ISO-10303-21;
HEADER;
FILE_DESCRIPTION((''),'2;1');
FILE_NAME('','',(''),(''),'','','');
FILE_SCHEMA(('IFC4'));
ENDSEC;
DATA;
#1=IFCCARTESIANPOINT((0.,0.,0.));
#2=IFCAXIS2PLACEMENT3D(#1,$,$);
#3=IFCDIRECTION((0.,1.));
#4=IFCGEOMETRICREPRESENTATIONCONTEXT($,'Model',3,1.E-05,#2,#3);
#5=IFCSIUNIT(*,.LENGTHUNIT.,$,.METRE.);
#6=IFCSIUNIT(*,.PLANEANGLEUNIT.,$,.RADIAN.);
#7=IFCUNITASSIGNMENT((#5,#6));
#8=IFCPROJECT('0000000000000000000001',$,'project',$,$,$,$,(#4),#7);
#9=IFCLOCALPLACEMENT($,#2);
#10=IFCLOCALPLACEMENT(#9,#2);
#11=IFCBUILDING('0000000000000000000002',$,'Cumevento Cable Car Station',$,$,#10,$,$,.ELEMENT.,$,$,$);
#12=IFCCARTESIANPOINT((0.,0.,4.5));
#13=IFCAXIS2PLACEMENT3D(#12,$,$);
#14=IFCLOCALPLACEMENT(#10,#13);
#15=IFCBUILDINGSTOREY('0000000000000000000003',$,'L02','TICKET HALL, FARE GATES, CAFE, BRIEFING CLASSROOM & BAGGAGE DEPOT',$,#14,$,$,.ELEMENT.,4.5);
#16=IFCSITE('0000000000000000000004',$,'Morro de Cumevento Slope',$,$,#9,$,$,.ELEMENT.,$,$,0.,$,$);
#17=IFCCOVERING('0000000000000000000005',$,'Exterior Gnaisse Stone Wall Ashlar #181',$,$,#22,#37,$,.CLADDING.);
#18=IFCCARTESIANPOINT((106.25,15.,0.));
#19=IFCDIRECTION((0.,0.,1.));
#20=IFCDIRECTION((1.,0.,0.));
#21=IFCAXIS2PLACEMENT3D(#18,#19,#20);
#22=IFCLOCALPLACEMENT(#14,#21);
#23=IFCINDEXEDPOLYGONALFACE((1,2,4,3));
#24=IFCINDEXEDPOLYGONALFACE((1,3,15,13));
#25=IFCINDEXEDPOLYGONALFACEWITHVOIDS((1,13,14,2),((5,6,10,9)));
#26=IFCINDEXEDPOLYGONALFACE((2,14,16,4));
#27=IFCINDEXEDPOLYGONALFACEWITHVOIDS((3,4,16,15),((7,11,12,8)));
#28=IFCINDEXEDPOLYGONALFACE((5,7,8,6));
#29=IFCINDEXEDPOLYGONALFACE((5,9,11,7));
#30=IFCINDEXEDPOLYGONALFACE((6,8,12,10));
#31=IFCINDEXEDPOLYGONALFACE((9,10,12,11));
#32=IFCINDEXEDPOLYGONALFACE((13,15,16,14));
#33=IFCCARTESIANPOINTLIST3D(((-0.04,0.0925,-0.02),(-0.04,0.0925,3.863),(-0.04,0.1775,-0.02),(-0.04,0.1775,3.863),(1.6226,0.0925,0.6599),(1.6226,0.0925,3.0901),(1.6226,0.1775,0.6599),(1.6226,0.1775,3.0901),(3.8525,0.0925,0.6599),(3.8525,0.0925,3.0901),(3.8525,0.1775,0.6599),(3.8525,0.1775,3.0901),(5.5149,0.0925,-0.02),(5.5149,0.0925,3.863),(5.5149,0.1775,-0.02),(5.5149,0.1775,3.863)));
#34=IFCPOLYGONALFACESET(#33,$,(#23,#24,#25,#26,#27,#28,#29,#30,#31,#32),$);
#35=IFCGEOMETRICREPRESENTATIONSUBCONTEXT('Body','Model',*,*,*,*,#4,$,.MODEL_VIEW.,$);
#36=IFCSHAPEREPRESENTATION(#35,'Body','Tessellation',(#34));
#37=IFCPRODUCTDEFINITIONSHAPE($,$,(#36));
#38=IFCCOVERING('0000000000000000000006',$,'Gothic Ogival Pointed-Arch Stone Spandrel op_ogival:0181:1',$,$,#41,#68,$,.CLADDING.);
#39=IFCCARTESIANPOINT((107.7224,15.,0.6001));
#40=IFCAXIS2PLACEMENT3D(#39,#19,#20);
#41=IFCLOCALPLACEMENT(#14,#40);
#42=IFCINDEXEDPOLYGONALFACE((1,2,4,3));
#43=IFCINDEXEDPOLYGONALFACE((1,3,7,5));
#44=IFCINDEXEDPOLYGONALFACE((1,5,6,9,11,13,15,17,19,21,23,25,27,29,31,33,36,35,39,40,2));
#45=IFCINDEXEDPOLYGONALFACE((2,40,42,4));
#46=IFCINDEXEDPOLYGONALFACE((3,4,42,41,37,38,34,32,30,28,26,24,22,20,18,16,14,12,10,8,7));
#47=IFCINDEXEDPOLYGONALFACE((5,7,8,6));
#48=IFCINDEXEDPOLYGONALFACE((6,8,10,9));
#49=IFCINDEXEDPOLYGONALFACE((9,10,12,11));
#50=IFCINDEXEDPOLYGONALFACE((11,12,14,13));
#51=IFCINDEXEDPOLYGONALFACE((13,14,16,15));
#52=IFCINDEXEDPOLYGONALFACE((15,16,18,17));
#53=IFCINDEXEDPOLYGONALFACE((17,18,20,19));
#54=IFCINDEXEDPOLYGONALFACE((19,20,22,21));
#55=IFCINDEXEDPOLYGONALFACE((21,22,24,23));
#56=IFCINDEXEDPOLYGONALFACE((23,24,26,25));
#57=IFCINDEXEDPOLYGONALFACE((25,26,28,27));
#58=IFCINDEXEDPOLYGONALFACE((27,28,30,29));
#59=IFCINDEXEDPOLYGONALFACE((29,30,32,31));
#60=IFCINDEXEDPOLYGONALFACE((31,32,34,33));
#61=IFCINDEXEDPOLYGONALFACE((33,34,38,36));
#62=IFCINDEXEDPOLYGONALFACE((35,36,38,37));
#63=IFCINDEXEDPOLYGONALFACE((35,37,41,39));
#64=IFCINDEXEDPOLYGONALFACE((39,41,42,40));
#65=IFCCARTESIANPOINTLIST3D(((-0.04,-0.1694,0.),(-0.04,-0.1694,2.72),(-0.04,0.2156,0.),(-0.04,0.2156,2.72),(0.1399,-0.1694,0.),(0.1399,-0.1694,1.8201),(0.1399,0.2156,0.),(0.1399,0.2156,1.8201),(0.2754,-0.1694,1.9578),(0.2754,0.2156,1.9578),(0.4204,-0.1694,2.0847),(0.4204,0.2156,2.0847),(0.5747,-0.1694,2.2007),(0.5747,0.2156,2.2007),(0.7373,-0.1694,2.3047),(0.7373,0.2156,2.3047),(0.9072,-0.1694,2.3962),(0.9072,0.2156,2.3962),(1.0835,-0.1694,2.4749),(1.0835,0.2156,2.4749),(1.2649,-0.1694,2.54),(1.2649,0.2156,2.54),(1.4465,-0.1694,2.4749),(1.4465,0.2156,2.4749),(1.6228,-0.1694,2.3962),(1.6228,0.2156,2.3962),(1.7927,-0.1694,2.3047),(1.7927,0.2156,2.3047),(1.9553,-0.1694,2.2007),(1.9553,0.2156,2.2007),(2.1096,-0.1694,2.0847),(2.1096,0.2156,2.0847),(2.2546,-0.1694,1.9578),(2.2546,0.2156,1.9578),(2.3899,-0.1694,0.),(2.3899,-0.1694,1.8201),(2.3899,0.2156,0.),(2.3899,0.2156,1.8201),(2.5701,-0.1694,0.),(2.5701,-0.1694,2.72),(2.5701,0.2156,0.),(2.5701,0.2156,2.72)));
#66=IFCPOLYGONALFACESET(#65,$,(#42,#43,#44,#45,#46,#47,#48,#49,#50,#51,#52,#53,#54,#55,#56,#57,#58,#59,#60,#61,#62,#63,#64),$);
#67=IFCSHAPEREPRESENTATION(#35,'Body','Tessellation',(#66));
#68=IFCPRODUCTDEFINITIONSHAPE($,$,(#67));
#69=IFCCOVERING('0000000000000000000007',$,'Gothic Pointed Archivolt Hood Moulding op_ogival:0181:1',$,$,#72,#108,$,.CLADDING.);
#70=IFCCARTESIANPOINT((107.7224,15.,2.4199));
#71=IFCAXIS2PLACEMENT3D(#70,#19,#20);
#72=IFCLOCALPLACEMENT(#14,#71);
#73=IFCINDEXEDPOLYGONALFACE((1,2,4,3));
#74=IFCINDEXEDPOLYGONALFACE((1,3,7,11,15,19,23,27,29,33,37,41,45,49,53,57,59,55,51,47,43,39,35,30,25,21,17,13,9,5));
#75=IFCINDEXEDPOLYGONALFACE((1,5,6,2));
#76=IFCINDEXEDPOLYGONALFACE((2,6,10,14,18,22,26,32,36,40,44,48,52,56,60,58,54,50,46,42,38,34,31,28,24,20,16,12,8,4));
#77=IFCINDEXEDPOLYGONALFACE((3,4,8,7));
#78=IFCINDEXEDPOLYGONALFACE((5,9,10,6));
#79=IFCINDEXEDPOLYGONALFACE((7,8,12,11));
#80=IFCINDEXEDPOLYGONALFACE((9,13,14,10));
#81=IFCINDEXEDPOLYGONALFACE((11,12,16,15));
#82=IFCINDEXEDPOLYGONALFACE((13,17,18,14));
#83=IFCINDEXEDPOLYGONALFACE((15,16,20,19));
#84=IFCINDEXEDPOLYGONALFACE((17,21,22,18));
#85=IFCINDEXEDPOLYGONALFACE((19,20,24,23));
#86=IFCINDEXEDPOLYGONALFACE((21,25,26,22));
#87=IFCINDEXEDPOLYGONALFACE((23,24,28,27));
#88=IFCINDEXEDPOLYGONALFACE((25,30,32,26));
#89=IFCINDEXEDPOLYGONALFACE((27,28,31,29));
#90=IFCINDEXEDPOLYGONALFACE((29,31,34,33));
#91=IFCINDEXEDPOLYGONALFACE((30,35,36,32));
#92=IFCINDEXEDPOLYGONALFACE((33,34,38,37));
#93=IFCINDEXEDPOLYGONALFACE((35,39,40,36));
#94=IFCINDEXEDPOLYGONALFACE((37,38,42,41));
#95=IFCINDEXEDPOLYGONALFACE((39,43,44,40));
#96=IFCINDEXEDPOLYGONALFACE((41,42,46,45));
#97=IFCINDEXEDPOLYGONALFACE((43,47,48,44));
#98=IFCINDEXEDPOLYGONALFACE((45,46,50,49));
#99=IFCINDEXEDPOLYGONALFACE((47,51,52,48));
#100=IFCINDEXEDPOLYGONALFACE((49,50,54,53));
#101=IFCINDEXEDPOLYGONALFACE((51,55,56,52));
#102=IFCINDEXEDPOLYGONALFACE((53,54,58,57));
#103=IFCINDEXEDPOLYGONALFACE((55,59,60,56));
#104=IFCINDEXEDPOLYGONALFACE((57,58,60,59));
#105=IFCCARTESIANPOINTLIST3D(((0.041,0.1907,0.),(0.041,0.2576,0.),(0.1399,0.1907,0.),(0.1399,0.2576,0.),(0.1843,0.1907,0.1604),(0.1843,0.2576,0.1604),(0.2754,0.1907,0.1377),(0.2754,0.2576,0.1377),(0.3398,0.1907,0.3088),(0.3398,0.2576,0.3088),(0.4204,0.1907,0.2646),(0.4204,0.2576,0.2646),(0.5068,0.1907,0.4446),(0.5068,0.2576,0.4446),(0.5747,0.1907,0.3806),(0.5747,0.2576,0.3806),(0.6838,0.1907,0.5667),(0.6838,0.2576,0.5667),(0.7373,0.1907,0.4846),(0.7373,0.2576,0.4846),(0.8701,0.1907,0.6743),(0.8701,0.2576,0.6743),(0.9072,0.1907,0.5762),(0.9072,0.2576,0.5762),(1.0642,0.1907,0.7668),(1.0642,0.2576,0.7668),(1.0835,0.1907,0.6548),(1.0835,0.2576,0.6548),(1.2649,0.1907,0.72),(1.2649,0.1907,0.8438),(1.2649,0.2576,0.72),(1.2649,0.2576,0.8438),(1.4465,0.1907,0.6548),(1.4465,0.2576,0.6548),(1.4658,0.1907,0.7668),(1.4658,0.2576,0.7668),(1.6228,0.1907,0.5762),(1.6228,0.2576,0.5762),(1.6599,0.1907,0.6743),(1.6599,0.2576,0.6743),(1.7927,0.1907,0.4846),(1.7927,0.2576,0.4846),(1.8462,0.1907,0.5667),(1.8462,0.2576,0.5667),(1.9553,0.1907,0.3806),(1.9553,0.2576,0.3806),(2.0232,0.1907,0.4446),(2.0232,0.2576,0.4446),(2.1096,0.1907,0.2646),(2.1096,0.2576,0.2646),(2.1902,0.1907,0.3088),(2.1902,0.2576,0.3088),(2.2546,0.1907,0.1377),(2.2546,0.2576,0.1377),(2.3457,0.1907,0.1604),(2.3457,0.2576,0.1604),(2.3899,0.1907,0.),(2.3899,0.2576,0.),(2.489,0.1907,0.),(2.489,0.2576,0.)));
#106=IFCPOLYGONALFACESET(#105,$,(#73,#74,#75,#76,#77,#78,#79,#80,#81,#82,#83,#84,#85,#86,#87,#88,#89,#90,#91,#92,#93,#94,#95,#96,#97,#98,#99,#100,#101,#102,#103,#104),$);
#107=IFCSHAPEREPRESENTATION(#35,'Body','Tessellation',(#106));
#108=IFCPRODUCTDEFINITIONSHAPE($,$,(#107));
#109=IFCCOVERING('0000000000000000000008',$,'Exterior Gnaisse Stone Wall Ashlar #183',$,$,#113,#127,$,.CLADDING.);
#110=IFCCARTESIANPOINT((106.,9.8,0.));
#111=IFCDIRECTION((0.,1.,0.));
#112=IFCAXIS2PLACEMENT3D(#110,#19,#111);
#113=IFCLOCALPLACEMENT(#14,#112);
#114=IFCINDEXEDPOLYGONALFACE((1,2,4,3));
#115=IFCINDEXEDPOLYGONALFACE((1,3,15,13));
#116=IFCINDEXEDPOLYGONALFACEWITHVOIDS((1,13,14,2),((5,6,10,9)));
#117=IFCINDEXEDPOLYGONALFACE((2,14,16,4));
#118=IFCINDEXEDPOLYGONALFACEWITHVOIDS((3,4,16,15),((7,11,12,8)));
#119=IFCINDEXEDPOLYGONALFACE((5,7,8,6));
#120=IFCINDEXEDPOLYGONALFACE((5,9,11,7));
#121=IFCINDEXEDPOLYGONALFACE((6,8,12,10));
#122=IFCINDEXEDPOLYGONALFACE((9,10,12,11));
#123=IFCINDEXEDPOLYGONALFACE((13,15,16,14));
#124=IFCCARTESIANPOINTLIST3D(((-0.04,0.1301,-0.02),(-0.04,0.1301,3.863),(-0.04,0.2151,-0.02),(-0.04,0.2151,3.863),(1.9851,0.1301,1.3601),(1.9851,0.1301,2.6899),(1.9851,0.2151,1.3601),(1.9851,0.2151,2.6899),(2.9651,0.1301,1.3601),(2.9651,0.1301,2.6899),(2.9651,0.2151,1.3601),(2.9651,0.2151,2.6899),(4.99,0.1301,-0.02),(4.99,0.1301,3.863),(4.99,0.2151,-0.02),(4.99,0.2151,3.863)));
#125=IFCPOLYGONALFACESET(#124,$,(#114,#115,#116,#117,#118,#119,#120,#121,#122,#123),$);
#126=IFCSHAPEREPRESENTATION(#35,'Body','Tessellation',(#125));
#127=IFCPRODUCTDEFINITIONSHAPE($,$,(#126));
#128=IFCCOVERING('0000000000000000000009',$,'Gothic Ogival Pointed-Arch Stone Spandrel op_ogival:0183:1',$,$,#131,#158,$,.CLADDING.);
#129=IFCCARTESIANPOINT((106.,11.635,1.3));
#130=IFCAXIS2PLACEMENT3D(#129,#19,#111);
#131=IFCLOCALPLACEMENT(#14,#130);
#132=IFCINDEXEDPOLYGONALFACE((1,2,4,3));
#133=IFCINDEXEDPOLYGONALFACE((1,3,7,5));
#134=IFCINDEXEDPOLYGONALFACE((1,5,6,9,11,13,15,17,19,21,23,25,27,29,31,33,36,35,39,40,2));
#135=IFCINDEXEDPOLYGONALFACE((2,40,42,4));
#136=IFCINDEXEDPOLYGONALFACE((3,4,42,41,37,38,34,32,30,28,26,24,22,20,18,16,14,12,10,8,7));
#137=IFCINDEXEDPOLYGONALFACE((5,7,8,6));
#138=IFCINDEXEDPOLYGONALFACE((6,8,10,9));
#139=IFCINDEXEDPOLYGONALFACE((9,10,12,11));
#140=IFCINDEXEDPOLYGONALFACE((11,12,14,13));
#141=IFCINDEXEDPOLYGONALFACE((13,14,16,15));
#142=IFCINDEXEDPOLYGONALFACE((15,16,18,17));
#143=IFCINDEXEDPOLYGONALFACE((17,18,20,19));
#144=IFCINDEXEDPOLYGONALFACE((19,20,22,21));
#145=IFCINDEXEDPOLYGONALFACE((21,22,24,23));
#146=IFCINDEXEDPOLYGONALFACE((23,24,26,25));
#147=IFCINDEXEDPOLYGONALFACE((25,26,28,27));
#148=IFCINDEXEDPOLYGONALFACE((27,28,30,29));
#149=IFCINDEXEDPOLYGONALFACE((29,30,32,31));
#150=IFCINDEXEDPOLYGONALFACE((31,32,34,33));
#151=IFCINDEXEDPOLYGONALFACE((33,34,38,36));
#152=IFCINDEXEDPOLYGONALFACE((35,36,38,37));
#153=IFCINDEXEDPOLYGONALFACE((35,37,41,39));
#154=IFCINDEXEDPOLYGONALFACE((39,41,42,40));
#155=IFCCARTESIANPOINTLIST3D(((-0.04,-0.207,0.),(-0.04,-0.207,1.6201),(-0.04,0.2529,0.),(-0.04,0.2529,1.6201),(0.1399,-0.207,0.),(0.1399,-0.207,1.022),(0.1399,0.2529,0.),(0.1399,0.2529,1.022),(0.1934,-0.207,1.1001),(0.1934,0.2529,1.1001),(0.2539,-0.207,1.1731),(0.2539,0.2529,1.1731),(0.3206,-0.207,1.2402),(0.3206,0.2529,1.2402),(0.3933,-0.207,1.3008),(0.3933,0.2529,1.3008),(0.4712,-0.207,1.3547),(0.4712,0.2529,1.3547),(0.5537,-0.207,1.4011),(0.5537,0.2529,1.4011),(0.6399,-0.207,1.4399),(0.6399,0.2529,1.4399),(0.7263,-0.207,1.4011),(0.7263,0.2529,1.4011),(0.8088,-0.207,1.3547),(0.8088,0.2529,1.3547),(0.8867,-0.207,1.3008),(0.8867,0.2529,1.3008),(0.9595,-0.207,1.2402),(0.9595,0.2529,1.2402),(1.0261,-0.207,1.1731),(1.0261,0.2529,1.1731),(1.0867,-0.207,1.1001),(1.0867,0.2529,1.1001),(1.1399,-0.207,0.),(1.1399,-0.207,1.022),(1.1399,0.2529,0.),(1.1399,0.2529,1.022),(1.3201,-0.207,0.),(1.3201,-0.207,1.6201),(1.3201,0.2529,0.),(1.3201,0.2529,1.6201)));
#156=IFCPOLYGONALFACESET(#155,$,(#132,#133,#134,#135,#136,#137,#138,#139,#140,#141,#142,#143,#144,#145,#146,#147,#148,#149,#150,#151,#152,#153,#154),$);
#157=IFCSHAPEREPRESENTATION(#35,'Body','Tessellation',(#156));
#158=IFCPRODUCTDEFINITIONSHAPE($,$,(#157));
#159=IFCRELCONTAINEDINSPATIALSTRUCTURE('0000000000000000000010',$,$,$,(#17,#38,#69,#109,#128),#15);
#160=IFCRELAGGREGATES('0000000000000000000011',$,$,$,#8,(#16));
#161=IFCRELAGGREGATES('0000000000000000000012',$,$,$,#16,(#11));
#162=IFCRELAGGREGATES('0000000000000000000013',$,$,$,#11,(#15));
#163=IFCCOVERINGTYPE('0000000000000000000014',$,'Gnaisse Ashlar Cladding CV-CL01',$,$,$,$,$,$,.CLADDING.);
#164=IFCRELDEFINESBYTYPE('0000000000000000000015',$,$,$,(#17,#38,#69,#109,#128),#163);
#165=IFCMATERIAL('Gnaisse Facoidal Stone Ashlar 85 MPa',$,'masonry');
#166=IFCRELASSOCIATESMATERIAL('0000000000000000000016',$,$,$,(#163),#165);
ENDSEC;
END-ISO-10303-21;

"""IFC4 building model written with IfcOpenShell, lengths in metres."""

from ifc_helpers import new_model, si_unit, direction, frame, origin, place, context, subcontext, project, spatial, polyline, outline, extrude, material, type_object, element, save


model = new_model("IFC4")

# Units and contexts
model_context = context("Model", 3, precision=1e-05, world=origin(), true_north=direction((0.0, 1.0)))
body_context = subcontext(model_context, "Body", "Model", "MODEL_VIEW")
ifc_project = project(units=[si_unit("LENGTHUNIT", "METRE"), si_unit("PLANEANGLEUNIT", "RADIAN")], contexts=[model_context])

# Site, building, storey
site_placement = place(None, origin())
site = spatial("IfcSite", under=ifc_project, at=site_placement, Name="Morro de Cumevento Slope", CompositionType="ELEMENT", RefElevation=0.0)
building_placement = place(site_placement, origin())
building = spatial("IfcBuilding", under=site, at=building_placement, Name="Cumevento Cable Car Station", CompositionType="ELEMENT")
storey_placement = place(building_placement, frame((0.0, 0.0, 4.5)))
storey = spatial("IfcBuildingStorey", under=building, at=storey_placement, Name="L02", Description="TICKET HALL, FARE GATES, CAFE, BRIEFING CLASSROOM & BAGGAGE DEPOT", CompositionType="ELEMENT", Elevation=4.5)

# Coverings
ifc_material_1 = material(Name="Gnaisse Facoidal Stone Ashlar 85 MPa", Category="masonry")
covering_type = type_object("IfcCoveringType", Name="Gnaisse Ashlar Cladding CV-CL01", PredefinedType="CLADDING", material=ifc_material_1)
covering_1_placement = place(storey_placement, frame((106.25, 15.0, 0.0), z_axis=(0.0, 0.0, 1.0), x_axis=(1.0, 0.0, 0.0)))
element("IfcCovering", 1, at=covering_1_placement, inside=storey, type_object=covering_type, Name="Exterior Gnaisse Stone Wall Ashlar #181", PredefinedType="CLADDING", context=body_context, shape_type="SweptSolid", body=[
    extrude(outline(polyline([(-0.04, -0.02), (5.5149, -0.02), (5.5149, 3.863), (-0.04, 3.863), (-0.04, -0.02)]), holes=[polyline([(1.6226, 0.6599), (3.8525, 0.6599), (3.8525, 3.0901), (1.6226, 3.0901), (1.6226, 0.6599)])]), frame((0.0, 0.1775, 0.0), z_axis=(0.0, -1.0, 0.0), x_axis=(1.0, 0.0, 0.0)), (0.0, 0.0, 1.0), 0.085),
])
covering_2_placement = place(storey_placement, frame((107.7224, 15.0, 0.6001), z_axis=(0.0, 0.0, 1.0), x_axis=(1.0, 0.0, 0.0)))
element("IfcCovering", 2, at=covering_2_placement, inside=storey, type_object=covering_type, Name="Gothic Ogival Pointed-Arch Stone Spandrel op_ogival:0181:1", PredefinedType="CLADDING", context=body_context, shape_type="SweptSolid", body=[
    extrude(outline(polyline([(-0.04, 0.0), (-0.04, 2.72), (2.5701, 2.72), (2.5701, 0.0), (2.3899, 0.0), (2.3899, 1.8201), (2.2546, 1.9578), (2.1096, 2.0847), (1.9553, 2.2007), (1.7927, 2.3047), (1.6228, 2.3962), (1.4465, 2.4749), (1.2649, 2.54), (1.0835, 2.4749), (0.9072, 2.3962), (0.7373, 2.3047), (0.5747, 2.2007), (0.4204, 2.0847), (0.2754, 1.9578), (0.1399, 1.8201), (0.1399, 0.0), (-0.04, 0.0)])), frame((0.0, 0.2156, 0.0), z_axis=(0.0, -1.0, 0.0), x_axis=(1.0, 0.0, 0.0)), (0.0, 0.0, 1.0), 0.385),
])
covering_3_placement = place(storey_placement, frame((107.7224, 15.0, 2.4199), z_axis=(0.0, 0.0, 1.0), x_axis=(1.0, 0.0, 0.0)))
element("IfcCovering", 3, at=covering_3_placement, inside=storey, type_object=covering_type, Name="Gothic Pointed Archivolt Hood Moulding op_ogival:0181:1", PredefinedType="CLADDING", context=body_context, shape_type="SweptSolid", body=[
    extrude(outline(polyline([(0.1399, 0.0), (0.2754, 0.1377), (0.4204, 0.2646), (0.5747, 0.3806), (0.7373, 0.4846), (0.9072, 0.5762), (1.0835, 0.6548), (1.2649, 0.72), (1.4465, 0.6548), (1.6228, 0.5762), (1.7927, 0.4846), (1.9553, 0.3806), (2.1096, 0.2646), (2.2546, 0.1377), (2.3899, 0.0), (2.489, 0.0), (2.3457, 0.1604), (2.1902, 0.3088), (2.0232, 0.4446), (1.8462, 0.5667), (1.6599, 0.6743), (1.4658, 0.7668), (1.2649, 0.8438), (1.0642, 0.7668), (0.8701, 0.6743), (0.6838, 0.5667), (0.5068, 0.4446), (0.3398, 0.3088), (0.1843, 0.1604), (0.041, 0.0), (0.1399, 0.0)])), frame((0.0, 0.2576, 0.0), z_axis=(0.0, -1.0, 0.0), x_axis=(1.0, 0.0, 0.0)), (0.0, 0.0, 1.0), 0.0669),
])
covering_4_placement = place(storey_placement, frame((106.0, 9.8, 0.0), z_axis=(0.0, 0.0, 1.0), x_axis=(0.0, 1.0, 0.0)))
element("IfcCovering", 4, at=covering_4_placement, inside=storey, type_object=covering_type, Name="Exterior Gnaisse Stone Wall Ashlar #183", PredefinedType="CLADDING", context=body_context, shape_type="SweptSolid", body=[
    extrude(outline(polyline([(-0.04, -0.02), (4.99, -0.02), (4.99, 3.863), (-0.04, 3.863), (-0.04, -0.02)]), holes=[polyline([(1.9851, 1.3601), (2.9651, 1.3601), (2.9651, 2.6899), (1.9851, 2.6899), (1.9851, 1.3601)])]), frame((0.0, 0.2151, 0.0), z_axis=(0.0, -1.0, 0.0), x_axis=(1.0, 0.0, 0.0)), (0.0, 0.0, 1.0), 0.085),
])
covering_5_placement = place(storey_placement, frame((106.0, 11.635, 1.3), z_axis=(0.0, 0.0, 1.0), x_axis=(0.0, 1.0, 0.0)))
element("IfcCovering", 5, at=covering_5_placement, inside=storey, type_object=covering_type, Name="Gothic Ogival Pointed-Arch Stone Spandrel op_ogival:0183:1", PredefinedType="CLADDING", context=body_context, shape_type="SweptSolid", body=[
    extrude(outline(polyline([(-0.04, 0.0), (-0.04, 1.6201), (1.3201, 1.6201), (1.3201, 0.0), (1.1399, 0.0), (1.1399, 1.022), (1.0867, 1.1001), (1.0261, 1.1731), (0.9595, 1.2402), (0.8867, 1.3008), (0.8088, 1.3547), (0.7263, 1.4011), (0.6399, 1.4399), (0.5537, 1.4011), (0.4712, 1.3547), (0.3933, 1.3008), (0.3206, 1.2402), (0.2539, 1.1731), (0.1934, 1.1001), (0.1399, 1.022), (0.1399, 0.0), (-0.04, 0.0)])), frame((0.0, 0.2529, 0.0), z_axis=(0.0, -1.0, 0.0), x_axis=(1.0, 0.0, 0.0)), (0.0, 0.0, 1.0), 0.46),
])

save(model, "model.ifc")
